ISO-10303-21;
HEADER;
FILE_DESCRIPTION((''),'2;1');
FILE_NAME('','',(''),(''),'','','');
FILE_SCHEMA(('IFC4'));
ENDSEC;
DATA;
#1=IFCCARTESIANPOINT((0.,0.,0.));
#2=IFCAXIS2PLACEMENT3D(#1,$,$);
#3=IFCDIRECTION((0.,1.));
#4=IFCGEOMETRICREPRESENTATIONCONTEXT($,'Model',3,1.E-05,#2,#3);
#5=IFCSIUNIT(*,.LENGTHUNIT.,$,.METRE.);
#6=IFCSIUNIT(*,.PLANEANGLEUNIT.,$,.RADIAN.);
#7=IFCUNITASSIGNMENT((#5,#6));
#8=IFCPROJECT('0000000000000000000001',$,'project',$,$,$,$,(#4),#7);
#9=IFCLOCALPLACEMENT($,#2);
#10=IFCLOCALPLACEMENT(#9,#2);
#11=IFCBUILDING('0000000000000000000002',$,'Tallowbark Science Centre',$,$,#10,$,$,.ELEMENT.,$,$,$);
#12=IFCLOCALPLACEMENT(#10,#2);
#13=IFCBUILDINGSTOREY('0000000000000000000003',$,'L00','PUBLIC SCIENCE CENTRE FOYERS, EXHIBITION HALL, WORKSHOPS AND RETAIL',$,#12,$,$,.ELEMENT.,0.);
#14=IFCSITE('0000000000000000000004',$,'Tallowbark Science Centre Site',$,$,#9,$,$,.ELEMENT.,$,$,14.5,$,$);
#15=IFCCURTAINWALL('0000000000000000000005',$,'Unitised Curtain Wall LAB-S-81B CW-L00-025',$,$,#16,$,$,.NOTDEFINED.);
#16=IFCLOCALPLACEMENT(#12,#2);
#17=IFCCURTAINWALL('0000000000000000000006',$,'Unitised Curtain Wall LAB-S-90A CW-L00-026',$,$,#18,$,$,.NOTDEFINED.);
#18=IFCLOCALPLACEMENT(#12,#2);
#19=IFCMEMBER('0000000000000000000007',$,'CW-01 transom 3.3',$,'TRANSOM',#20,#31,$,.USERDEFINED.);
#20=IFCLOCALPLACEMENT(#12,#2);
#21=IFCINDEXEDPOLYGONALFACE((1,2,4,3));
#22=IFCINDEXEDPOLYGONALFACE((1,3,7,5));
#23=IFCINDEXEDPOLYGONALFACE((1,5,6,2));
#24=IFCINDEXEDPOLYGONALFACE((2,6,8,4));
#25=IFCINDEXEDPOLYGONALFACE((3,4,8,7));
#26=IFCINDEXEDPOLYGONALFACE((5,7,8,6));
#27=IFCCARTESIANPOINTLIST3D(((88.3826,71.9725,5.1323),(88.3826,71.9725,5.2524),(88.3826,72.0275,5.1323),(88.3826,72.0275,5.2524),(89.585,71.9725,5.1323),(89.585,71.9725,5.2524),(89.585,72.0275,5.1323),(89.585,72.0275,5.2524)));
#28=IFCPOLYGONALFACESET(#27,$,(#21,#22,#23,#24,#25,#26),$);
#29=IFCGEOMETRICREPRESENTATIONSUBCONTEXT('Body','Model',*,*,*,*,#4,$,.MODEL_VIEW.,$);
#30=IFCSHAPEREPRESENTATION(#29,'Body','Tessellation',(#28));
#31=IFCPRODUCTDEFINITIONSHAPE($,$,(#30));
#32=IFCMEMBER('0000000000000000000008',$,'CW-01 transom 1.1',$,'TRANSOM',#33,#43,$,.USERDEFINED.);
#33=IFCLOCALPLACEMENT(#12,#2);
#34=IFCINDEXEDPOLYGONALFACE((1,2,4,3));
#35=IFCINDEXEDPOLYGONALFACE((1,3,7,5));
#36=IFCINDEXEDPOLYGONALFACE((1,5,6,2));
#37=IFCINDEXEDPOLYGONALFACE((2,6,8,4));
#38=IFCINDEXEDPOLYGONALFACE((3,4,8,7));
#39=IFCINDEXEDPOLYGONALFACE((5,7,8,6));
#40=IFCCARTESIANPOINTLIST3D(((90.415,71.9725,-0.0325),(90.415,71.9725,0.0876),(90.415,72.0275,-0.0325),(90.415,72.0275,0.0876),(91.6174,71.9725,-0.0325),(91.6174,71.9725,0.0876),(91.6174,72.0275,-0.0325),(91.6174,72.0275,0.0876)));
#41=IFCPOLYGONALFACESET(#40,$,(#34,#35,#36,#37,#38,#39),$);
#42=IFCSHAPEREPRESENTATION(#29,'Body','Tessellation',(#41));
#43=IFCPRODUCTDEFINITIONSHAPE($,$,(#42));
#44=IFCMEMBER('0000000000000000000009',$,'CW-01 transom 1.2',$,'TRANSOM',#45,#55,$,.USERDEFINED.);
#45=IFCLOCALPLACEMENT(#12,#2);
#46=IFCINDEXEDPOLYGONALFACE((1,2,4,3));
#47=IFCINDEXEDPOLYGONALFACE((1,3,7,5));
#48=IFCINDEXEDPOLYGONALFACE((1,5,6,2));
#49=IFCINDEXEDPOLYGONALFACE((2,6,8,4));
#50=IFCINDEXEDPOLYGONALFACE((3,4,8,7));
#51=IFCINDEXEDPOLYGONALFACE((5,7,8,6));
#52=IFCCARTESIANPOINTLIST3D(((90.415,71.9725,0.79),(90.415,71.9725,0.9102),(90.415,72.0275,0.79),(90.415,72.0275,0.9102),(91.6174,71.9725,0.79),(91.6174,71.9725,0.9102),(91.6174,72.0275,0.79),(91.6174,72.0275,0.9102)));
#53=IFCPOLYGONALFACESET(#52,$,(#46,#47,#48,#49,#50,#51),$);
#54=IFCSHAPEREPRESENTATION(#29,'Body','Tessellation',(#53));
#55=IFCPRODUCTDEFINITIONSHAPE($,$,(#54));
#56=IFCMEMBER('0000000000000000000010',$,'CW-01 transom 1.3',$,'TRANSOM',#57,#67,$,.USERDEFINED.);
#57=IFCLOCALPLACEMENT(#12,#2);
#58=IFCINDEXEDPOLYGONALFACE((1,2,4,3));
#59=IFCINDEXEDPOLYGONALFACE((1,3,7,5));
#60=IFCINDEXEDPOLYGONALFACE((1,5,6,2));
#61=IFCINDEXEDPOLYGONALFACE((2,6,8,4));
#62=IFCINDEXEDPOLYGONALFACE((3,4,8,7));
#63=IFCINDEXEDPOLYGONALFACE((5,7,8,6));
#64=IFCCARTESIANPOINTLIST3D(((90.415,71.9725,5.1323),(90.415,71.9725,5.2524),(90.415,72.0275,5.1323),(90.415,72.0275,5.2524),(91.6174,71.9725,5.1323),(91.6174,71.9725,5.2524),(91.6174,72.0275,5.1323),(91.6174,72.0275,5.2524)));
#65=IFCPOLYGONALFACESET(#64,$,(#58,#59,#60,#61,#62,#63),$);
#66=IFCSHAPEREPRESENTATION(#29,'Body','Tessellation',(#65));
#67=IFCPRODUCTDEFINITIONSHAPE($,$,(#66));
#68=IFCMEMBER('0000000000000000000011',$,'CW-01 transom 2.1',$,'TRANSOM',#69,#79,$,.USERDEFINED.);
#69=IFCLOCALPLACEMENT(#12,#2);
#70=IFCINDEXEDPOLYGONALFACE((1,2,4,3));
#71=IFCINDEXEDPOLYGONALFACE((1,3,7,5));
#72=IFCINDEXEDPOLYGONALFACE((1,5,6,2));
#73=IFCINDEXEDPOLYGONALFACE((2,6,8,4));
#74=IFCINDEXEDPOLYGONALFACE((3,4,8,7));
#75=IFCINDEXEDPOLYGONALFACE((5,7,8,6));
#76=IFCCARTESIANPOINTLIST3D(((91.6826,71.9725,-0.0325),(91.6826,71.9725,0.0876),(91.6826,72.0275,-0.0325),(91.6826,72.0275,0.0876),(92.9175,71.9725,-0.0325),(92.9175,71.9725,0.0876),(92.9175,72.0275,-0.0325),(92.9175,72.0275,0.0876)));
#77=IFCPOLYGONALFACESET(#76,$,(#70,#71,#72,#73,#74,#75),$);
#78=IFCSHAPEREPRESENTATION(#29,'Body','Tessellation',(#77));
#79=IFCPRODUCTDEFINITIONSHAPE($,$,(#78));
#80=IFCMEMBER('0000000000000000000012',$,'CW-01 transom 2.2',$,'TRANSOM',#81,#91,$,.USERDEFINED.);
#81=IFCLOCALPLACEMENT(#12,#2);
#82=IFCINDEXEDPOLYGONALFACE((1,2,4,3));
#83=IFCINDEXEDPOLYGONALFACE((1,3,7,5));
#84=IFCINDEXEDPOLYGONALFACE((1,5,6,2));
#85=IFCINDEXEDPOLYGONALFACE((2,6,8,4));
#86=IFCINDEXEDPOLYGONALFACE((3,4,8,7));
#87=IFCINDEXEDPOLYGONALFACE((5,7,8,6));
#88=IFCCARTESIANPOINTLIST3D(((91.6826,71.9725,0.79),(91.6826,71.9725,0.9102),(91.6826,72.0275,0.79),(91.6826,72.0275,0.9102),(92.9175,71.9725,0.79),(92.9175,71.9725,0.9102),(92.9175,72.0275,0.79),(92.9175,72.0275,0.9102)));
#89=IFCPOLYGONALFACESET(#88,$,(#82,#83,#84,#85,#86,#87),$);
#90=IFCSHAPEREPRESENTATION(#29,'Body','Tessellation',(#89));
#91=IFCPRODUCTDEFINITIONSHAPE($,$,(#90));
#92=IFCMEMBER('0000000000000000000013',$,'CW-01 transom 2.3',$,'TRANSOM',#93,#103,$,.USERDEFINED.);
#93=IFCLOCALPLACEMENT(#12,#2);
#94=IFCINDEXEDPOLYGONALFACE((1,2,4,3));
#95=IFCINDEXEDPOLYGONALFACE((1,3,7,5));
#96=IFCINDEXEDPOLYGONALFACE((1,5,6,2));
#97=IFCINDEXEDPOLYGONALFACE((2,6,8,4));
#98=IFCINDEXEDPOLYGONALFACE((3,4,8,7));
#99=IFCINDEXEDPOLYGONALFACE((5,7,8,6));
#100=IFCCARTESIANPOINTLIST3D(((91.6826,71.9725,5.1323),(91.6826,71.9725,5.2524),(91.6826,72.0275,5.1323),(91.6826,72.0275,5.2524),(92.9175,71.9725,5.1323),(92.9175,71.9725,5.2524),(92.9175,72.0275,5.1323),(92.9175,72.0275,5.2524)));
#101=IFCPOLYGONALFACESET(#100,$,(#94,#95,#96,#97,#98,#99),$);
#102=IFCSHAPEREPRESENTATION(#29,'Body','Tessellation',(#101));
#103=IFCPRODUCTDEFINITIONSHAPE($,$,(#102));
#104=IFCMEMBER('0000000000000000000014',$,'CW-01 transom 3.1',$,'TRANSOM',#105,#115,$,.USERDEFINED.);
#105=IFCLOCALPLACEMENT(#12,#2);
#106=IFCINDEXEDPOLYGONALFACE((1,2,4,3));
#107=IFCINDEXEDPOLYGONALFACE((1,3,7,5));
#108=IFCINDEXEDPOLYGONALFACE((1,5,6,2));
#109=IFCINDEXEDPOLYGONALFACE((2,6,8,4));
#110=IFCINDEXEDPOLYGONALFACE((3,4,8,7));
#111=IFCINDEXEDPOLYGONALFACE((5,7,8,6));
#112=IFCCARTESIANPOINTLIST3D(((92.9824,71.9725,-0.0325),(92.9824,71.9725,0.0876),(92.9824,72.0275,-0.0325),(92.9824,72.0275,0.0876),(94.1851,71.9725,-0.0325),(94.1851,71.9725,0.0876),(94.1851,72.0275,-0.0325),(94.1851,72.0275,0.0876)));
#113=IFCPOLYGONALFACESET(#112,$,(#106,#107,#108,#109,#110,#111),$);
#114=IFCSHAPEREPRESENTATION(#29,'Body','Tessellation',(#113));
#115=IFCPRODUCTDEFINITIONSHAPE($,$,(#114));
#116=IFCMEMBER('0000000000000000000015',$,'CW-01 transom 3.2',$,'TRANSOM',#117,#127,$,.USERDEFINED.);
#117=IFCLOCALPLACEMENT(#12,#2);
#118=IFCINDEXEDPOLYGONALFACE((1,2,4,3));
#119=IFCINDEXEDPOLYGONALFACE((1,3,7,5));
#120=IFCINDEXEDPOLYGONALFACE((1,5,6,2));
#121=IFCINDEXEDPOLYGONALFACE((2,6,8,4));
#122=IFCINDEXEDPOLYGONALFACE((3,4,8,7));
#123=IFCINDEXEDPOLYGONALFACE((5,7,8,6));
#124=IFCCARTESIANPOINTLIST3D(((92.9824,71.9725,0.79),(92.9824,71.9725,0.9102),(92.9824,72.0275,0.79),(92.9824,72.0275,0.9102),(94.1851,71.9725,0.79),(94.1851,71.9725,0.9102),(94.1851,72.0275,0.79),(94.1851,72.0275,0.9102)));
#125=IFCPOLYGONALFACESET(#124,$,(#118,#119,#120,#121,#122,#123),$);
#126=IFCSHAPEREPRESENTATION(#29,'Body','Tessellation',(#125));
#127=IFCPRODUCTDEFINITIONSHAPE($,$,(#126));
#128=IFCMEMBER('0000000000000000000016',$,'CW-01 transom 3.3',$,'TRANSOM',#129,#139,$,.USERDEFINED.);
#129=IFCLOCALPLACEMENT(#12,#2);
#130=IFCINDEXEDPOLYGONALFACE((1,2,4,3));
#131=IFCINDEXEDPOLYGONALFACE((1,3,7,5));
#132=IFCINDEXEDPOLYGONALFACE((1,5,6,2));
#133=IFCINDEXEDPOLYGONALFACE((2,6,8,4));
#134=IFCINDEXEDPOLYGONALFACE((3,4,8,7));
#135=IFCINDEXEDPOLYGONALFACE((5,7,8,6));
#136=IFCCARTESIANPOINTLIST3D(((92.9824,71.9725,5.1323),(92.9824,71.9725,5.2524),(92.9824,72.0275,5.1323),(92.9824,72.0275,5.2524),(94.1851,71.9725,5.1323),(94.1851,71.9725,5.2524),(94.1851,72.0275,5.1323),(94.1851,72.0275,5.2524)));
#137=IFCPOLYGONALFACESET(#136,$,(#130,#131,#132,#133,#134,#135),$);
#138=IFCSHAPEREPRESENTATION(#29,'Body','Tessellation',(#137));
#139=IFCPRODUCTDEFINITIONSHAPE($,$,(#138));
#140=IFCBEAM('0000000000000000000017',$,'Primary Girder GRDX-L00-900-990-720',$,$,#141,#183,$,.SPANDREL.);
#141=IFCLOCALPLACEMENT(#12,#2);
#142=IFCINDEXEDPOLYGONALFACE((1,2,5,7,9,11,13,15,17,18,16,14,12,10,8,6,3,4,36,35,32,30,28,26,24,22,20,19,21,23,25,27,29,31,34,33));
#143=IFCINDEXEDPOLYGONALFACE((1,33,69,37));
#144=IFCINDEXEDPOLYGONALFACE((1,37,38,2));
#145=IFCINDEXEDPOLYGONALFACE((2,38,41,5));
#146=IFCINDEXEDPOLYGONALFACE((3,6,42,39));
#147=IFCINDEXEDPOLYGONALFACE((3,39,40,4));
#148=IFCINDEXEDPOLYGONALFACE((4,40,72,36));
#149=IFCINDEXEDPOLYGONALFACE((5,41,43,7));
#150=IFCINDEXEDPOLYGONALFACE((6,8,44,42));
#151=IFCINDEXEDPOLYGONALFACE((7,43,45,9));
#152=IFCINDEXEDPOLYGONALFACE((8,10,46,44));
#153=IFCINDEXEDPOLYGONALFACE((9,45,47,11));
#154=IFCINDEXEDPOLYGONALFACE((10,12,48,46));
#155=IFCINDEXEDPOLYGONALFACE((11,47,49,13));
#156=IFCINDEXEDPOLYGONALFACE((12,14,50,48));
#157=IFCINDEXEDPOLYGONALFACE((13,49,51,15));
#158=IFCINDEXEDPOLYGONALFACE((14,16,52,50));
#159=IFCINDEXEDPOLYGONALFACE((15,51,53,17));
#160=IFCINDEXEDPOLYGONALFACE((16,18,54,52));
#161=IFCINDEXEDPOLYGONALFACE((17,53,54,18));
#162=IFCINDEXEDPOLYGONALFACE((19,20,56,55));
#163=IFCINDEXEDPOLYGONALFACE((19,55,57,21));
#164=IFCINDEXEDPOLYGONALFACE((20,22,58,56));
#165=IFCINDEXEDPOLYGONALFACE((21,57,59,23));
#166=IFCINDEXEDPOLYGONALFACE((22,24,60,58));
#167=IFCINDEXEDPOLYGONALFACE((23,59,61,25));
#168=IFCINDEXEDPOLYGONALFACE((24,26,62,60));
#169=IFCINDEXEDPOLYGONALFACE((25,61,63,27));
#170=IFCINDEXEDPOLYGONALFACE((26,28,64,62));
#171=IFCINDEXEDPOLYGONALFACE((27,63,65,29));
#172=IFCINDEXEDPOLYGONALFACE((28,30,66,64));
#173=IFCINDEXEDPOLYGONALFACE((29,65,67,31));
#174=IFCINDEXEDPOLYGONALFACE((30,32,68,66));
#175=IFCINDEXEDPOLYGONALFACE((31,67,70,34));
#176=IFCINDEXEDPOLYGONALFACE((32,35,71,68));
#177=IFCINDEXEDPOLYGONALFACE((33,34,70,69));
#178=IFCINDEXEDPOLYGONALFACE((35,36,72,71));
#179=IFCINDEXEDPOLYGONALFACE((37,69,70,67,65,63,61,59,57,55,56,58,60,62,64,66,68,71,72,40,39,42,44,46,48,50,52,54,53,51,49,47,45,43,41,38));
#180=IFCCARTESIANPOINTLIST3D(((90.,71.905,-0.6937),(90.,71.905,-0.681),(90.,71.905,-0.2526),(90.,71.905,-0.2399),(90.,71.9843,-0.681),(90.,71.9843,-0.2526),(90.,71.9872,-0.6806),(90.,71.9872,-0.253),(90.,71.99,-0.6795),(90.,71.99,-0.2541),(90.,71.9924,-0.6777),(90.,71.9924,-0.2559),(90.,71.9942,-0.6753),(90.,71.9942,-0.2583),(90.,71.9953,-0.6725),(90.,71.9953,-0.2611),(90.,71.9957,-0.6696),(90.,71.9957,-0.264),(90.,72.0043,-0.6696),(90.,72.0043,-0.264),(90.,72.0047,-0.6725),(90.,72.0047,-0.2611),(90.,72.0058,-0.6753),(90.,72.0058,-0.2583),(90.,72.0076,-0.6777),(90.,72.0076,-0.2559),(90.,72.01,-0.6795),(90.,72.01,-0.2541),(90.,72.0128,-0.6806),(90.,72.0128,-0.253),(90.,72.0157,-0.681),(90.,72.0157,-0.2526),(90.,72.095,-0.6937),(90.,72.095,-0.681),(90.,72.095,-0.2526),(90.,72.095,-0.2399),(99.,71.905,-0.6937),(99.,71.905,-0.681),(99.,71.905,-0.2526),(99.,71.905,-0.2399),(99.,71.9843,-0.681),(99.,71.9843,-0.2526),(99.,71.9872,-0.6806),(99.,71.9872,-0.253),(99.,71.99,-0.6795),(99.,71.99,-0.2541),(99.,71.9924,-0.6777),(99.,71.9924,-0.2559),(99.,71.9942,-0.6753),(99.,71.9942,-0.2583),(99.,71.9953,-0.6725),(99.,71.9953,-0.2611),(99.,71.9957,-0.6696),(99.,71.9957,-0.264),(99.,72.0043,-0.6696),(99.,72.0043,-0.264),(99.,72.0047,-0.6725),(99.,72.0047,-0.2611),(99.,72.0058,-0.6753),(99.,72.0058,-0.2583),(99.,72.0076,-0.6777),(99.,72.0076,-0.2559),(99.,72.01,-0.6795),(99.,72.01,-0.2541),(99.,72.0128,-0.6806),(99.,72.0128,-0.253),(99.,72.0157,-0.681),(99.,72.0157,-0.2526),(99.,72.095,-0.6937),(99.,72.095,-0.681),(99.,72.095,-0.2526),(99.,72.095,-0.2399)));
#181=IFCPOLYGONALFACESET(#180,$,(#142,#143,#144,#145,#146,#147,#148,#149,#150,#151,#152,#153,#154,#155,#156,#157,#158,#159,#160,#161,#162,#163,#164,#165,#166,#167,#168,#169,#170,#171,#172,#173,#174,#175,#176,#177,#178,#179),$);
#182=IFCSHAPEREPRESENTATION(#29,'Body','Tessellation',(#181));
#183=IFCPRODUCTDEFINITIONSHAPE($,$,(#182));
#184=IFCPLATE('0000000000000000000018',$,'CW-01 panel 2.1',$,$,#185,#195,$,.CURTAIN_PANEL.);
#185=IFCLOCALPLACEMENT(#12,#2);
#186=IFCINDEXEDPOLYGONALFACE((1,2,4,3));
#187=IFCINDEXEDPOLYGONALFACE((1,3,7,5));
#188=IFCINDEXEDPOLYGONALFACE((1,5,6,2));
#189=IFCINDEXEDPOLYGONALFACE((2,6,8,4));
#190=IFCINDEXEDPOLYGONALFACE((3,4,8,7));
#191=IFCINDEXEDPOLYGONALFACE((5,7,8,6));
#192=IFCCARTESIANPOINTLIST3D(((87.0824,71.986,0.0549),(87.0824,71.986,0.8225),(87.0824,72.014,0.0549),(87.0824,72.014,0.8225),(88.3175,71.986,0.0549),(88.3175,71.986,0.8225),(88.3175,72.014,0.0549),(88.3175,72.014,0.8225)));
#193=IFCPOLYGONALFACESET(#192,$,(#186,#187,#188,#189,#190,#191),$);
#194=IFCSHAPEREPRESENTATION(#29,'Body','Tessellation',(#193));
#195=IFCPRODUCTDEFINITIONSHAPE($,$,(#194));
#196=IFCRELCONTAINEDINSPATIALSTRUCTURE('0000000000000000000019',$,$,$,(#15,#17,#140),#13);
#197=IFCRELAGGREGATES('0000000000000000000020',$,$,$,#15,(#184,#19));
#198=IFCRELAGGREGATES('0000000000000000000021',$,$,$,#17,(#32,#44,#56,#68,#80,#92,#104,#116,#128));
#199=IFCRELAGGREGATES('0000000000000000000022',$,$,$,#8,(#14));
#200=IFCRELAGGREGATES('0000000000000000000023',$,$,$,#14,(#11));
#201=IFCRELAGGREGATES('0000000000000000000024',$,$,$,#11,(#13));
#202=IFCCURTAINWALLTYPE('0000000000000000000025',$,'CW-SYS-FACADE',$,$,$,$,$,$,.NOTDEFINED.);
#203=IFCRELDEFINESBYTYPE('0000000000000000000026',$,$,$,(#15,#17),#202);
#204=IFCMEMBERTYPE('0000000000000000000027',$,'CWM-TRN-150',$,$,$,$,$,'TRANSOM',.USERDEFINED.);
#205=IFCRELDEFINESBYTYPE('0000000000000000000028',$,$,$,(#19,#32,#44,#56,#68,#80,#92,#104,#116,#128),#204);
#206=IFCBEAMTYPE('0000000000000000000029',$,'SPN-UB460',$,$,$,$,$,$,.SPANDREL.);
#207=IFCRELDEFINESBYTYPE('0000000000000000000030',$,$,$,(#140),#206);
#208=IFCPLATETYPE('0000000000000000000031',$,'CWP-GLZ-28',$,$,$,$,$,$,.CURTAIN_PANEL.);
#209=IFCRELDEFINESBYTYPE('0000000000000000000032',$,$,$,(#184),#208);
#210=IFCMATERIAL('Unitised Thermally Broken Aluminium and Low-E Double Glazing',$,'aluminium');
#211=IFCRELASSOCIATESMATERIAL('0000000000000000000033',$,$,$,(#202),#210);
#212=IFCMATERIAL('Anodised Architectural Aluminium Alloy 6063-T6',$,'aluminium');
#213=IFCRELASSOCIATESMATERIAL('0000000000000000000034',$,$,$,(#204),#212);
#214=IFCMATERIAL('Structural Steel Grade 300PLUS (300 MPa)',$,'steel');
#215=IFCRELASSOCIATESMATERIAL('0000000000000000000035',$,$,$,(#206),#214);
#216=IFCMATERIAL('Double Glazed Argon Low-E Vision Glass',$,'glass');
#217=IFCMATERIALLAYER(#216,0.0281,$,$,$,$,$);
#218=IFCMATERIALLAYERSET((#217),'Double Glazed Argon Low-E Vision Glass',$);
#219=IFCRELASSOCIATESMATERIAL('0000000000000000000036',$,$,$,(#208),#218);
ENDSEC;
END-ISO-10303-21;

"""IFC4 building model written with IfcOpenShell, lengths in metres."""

from ifc_helpers import new_model, si_unit, direction, frame, origin, origin_2d, place, context, subcontext, project, spatial, rectangle, i_section, extrude, material, layer, layer_set, material_profile, profile_set, type_object, element, aggregate, save


model = new_model("IFC4")

# Units and contexts
model_context = context("Model", 3, precision=1e-05, world=origin(), true_north=direction((0.0, 1.0)))
body_context = subcontext(model_context, "Body", "Model", "MODEL_VIEW")
ifc_project = project(units=[si_unit("LENGTHUNIT", "METRE"), si_unit("PLANEANGLEUNIT", "RADIAN")], contexts=[model_context])

# Site, building, storey
site_placement = place(None, origin())
site = spatial("IfcSite", under=ifc_project, at=site_placement, Name="Tallowbark Science Centre Site", CompositionType="ELEMENT", RefElevation=14.5)
building_placement = place(site_placement, origin())
building = spatial("IfcBuilding", under=site, at=building_placement, Name="Tallowbark Science Centre", CompositionType="ELEMENT")
storey_placement = place(building_placement, origin())
storey = spatial("IfcBuildingStorey", under=building, at=storey_placement, Name="L00", Description="PUBLIC SCIENCE CENTRE FOYERS, EXHIBITION HALL, WORKSHOPS AND RETAIL", CompositionType="ELEMENT", Elevation=0.0)

# Shared definitions
ifc_material_1 = material(Name="Structural Steel Grade 300PLUS (300 MPa)", Category="steel")

# Curtain walls
ifc_material_2 = material(Name="Unitised Thermally Broken Aluminium and Low-E Double Glazing", Category="aluminium")
curtain_wall_type = type_object("IfcCurtainWallType", Name="CW-SYS-FACADE", PredefinedType="NOTDEFINED", material=ifc_material_2)
curtain_wall_1_placement = place(storey_placement, origin())
curtain_wall_1 = element("IfcCurtainWall", 1, at=curtain_wall_1_placement, inside=storey, type_object=curtain_wall_type, Name="Unitised Curtain Wall LAB-S-81B CW-L00-025", PredefinedType="NOTDEFINED")
ifc_material_3 = material(Name="Anodised Architectural Aluminium Alloy 6063-T6", Category="aluminium")
curtain_wall_2_placement = place(storey_placement, origin())
curtain_wall_2 = element("IfcCurtainWall", 2, at=curtain_wall_2_placement, inside=storey, type_object=curtain_wall_type, Name="Unitised Curtain Wall LAB-S-90A CW-L00-026", PredefinedType="NOTDEFINED")

# Members
ifc_material_profile_1 = material_profile(ifc_material_3, rectangle(XDim=0.0549, YDim=0.1201, at=origin_2d()), Name="ALU55x120")
ifc_profile_set_1 = profile_set([ifc_material_profile_1], Name="Anodised Architectural Aluminium Alloy 6063-T6")
member_type_1 = type_object("IfcMemberType", Name="CWM-TRN-150", ElementType="TRANSOM", PredefinedType="USERDEFINED", material=ifc_profile_set_1)
member_1_placement = place(storey_placement, frame((88.3826, 72.0, 5.1924), z_axis=(1.0, 0.0, 0.0), x_axis=(0.0, 1.0, 0.0)))
member_1 = element("IfcMember", 3, at=member_1_placement, type_object=member_type_1, Name="CW-01 transom 3.3", ObjectType="TRANSOM", PredefinedType="USERDEFINED", context=body_context, shape_type="SweptSolid", body=[
    extrude(rectangle(XDim=0.0549, YDim=0.1201, at=origin_2d()), origin(), (0.0, 0.0, 1.0), 1.2024),
])
member_2_placement = place(storey_placement, frame((90.415, 72.0, 0.0276), z_axis=(1.0, 0.0, 0.0), x_axis=(0.0, 1.0, 0.0)))
member_2 = element("IfcMember", 4, at=member_2_placement, type_object=member_type_1, Name="CW-01 transom 1.1", ObjectType="TRANSOM", PredefinedType="USERDEFINED", context=body_context, shape_type="SweptSolid", body=[
    extrude(rectangle(XDim=0.0549, YDim=0.1201, at=origin_2d()), origin(), (0.0, 0.0, 1.0), 1.2024),
])
member_3_placement = place(storey_placement, frame((90.415, 72.0, 0.8501), z_axis=(1.0, 0.0, 0.0), x_axis=(0.0, 1.0, 0.0)))
member_3 = element("IfcMember", 5, at=member_3_placement, type_object=member_type_1, Name="CW-01 transom 1.2", ObjectType="TRANSOM", PredefinedType="USERDEFINED", context=body_context, shape_type="SweptSolid", body=[
    extrude(rectangle(XDim=0.0549, YDim=0.1201, at=origin_2d()), origin(), (0.0, 0.0, 1.0), 1.2024),
])
member_4_placement = place(storey_placement, frame((90.415, 72.0, 5.1924), z_axis=(1.0, 0.0, 0.0), x_axis=(0.0, 1.0, 0.0)))
member_4 = element("IfcMember", 6, at=member_4_placement, type_object=member_type_1, Name="CW-01 transom 1.3", ObjectType="TRANSOM", PredefinedType="USERDEFINED", context=body_context, shape_type="SweptSolid", body=[
    extrude(rectangle(XDim=0.0549, YDim=0.1201, at=origin_2d()), origin(), (0.0, 0.0, 1.0), 1.2024),
])
member_5_placement = place(storey_placement, frame((91.6826, 72.0, 0.0276), z_axis=(1.0, 0.0, 0.0), x_axis=(0.0, 1.0, 0.0)))
member_5 = element("IfcMember", 7, at=member_5_placement, type_object=member_type_1, Name="CW-01 transom 2.1", ObjectType="TRANSOM", PredefinedType="USERDEFINED", context=body_context, shape_type="SweptSolid", body=[
    extrude(rectangle(XDim=0.0549, YDim=0.1201, at=origin_2d()), origin(), (0.0, 0.0, 1.0), 1.2349),
])
member_6_placement = place(storey_placement, frame((91.6826, 72.0, 0.8501), z_axis=(1.0, 0.0, 0.0), x_axis=(0.0, 1.0, 0.0)))
member_6 = element("IfcMember", 8, at=member_6_placement, type_object=member_type_1, Name="CW-01 transom 2.2", ObjectType="TRANSOM", PredefinedType="USERDEFINED", context=body_context, shape_type="SweptSolid", body=[
    extrude(rectangle(XDim=0.0549, YDim=0.1201, at=origin_2d()), origin(), (0.0, 0.0, 1.0), 1.2349),
])
member_7_placement = place(storey_placement, frame((91.6826, 72.0, 5.1924), z_axis=(1.0, 0.0, 0.0), x_axis=(0.0, 1.0, 0.0)))
member_7 = element("IfcMember", 9, at=member_7_placement, type_object=member_type_1, Name="CW-01 transom 2.3", ObjectType="TRANSOM", PredefinedType="USERDEFINED", context=body_context, shape_type="SweptSolid", body=[
    extrude(rectangle(XDim=0.0549, YDim=0.1201, at=origin_2d()), origin(), (0.0, 0.0, 1.0), 1.2349),
])
member_8_placement = place(storey_placement, frame((92.9824, 72.0, 0.0276), z_axis=(1.0, 0.0, 0.0), x_axis=(0.0, 1.0, 0.0)))
member_8 = element("IfcMember", 10, at=member_8_placement, type_object=member_type_1, Name="CW-01 transom 3.1", ObjectType="TRANSOM", PredefinedType="USERDEFINED", context=body_context, shape_type="SweptSolid", body=[
    extrude(rectangle(XDim=0.0549, YDim=0.1201, at=origin_2d()), origin(), (0.0, 0.0, 1.0), 1.2026),
])
member_9_placement = place(storey_placement, frame((92.9824, 72.0, 0.8501), z_axis=(1.0, 0.0, 0.0), x_axis=(0.0, 1.0, 0.0)))
member_9 = element("IfcMember", 11, at=member_9_placement, type_object=member_type_1, Name="CW-01 transom 3.2", ObjectType="TRANSOM", PredefinedType="USERDEFINED", context=body_context, shape_type="SweptSolid", body=[
    extrude(rectangle(XDim=0.0549, YDim=0.1201, at=origin_2d()), origin(), (0.0, 0.0, 1.0), 1.2026),
])
member_10_placement = place(storey_placement, frame((92.9824, 72.0, 5.1924), z_axis=(1.0, 0.0, 0.0), x_axis=(0.0, 1.0, 0.0)))
member_10 = element("IfcMember", 12, at=member_10_placement, type_object=member_type_1, Name="CW-01 transom 3.3", ObjectType="TRANSOM", PredefinedType="USERDEFINED", context=body_context, shape_type="SweptSolid", body=[
    extrude(rectangle(XDim=0.0549, YDim=0.1201, at=origin_2d()), origin(), (0.0, 0.0, 1.0), 1.2026),
])

# Beam
ifc_material_profile_2 = material_profile(ifc_material_1, i_section(OverallWidth=0.1899, OverallDepth=0.4539, WebThickness=0.0085, FlangeThickness=0.0127, FilletRadius=0.0115, at=origin_2d()), Name="460UB67.1")
ifc_profile_set_2 = profile_set([ifc_material_profile_2], Name="Structural Steel Grade 300PLUS (300 MPa)")
beam_type_1 = type_object("IfcBeamType", Name="SPN-UB460", PredefinedType="SPANDREL", material=ifc_profile_set_2)
beam_1_placement = place(storey_placement, frame((90.0, 72.0, -0.4668), z_axis=(1.0, 0.0, 0.0), x_axis=(0.0, 1.0, 0.0)))
element("IfcBeam", 13, at=beam_1_placement, inside=storey, type_object=beam_type_1, Name="Primary Girder GRDX-L00-900-990-720", PredefinedType="SPANDREL", context=body_context, shape_type="SweptSolid", body=[
    extrude(i_section(OverallWidth=0.1899, OverallDepth=0.4539, WebThickness=0.0085, FlangeThickness=0.0127, FilletRadius=0.0115, at=origin_2d()), origin(), (0.0, 0.0, 1.0), 9.0),
])

# Plate
ifc_material_4 = material(Name="Double Glazed Argon Low-E Vision Glass", Category="glass")
ifc_layer_1 = layer(ifc_material_4, 0.0281)
ifc_layer_set_1 = layer_set([ifc_layer_1], Name="Double Glazed Argon Low-E Vision Glass")
plate_type = type_object("IfcPlateType", Name="CWP-GLZ-28", PredefinedType="CURTAIN_PANEL", material=ifc_layer_set_1)
plate_1_placement = place(storey_placement, frame((87.7, 72.0, 0.0549), z_axis=(0.0, 0.0, 1.0), x_axis=(1.0, 0.0, 0.0)))
plate_1 = element("IfcPlate", 14, at=plate_1_placement, type_object=plate_type, Name="CW-01 panel 2.1", PredefinedType="CURTAIN_PANEL", context=body_context, shape_type="SweptSolid", body=[
    extrude(rectangle(XDim=1.2351, YDim=0.0281, at=origin_2d()), origin(), (0.0, 0.0, 1.0), 0.7676),
])
aggregate(curtain_wall_1, [plate_1, member_1])
aggregate(curtain_wall_2, [member_2, member_3, member_4, member_5, member_6, member_7, member_8, member_9, member_10])

save(model, "model.ifc")
